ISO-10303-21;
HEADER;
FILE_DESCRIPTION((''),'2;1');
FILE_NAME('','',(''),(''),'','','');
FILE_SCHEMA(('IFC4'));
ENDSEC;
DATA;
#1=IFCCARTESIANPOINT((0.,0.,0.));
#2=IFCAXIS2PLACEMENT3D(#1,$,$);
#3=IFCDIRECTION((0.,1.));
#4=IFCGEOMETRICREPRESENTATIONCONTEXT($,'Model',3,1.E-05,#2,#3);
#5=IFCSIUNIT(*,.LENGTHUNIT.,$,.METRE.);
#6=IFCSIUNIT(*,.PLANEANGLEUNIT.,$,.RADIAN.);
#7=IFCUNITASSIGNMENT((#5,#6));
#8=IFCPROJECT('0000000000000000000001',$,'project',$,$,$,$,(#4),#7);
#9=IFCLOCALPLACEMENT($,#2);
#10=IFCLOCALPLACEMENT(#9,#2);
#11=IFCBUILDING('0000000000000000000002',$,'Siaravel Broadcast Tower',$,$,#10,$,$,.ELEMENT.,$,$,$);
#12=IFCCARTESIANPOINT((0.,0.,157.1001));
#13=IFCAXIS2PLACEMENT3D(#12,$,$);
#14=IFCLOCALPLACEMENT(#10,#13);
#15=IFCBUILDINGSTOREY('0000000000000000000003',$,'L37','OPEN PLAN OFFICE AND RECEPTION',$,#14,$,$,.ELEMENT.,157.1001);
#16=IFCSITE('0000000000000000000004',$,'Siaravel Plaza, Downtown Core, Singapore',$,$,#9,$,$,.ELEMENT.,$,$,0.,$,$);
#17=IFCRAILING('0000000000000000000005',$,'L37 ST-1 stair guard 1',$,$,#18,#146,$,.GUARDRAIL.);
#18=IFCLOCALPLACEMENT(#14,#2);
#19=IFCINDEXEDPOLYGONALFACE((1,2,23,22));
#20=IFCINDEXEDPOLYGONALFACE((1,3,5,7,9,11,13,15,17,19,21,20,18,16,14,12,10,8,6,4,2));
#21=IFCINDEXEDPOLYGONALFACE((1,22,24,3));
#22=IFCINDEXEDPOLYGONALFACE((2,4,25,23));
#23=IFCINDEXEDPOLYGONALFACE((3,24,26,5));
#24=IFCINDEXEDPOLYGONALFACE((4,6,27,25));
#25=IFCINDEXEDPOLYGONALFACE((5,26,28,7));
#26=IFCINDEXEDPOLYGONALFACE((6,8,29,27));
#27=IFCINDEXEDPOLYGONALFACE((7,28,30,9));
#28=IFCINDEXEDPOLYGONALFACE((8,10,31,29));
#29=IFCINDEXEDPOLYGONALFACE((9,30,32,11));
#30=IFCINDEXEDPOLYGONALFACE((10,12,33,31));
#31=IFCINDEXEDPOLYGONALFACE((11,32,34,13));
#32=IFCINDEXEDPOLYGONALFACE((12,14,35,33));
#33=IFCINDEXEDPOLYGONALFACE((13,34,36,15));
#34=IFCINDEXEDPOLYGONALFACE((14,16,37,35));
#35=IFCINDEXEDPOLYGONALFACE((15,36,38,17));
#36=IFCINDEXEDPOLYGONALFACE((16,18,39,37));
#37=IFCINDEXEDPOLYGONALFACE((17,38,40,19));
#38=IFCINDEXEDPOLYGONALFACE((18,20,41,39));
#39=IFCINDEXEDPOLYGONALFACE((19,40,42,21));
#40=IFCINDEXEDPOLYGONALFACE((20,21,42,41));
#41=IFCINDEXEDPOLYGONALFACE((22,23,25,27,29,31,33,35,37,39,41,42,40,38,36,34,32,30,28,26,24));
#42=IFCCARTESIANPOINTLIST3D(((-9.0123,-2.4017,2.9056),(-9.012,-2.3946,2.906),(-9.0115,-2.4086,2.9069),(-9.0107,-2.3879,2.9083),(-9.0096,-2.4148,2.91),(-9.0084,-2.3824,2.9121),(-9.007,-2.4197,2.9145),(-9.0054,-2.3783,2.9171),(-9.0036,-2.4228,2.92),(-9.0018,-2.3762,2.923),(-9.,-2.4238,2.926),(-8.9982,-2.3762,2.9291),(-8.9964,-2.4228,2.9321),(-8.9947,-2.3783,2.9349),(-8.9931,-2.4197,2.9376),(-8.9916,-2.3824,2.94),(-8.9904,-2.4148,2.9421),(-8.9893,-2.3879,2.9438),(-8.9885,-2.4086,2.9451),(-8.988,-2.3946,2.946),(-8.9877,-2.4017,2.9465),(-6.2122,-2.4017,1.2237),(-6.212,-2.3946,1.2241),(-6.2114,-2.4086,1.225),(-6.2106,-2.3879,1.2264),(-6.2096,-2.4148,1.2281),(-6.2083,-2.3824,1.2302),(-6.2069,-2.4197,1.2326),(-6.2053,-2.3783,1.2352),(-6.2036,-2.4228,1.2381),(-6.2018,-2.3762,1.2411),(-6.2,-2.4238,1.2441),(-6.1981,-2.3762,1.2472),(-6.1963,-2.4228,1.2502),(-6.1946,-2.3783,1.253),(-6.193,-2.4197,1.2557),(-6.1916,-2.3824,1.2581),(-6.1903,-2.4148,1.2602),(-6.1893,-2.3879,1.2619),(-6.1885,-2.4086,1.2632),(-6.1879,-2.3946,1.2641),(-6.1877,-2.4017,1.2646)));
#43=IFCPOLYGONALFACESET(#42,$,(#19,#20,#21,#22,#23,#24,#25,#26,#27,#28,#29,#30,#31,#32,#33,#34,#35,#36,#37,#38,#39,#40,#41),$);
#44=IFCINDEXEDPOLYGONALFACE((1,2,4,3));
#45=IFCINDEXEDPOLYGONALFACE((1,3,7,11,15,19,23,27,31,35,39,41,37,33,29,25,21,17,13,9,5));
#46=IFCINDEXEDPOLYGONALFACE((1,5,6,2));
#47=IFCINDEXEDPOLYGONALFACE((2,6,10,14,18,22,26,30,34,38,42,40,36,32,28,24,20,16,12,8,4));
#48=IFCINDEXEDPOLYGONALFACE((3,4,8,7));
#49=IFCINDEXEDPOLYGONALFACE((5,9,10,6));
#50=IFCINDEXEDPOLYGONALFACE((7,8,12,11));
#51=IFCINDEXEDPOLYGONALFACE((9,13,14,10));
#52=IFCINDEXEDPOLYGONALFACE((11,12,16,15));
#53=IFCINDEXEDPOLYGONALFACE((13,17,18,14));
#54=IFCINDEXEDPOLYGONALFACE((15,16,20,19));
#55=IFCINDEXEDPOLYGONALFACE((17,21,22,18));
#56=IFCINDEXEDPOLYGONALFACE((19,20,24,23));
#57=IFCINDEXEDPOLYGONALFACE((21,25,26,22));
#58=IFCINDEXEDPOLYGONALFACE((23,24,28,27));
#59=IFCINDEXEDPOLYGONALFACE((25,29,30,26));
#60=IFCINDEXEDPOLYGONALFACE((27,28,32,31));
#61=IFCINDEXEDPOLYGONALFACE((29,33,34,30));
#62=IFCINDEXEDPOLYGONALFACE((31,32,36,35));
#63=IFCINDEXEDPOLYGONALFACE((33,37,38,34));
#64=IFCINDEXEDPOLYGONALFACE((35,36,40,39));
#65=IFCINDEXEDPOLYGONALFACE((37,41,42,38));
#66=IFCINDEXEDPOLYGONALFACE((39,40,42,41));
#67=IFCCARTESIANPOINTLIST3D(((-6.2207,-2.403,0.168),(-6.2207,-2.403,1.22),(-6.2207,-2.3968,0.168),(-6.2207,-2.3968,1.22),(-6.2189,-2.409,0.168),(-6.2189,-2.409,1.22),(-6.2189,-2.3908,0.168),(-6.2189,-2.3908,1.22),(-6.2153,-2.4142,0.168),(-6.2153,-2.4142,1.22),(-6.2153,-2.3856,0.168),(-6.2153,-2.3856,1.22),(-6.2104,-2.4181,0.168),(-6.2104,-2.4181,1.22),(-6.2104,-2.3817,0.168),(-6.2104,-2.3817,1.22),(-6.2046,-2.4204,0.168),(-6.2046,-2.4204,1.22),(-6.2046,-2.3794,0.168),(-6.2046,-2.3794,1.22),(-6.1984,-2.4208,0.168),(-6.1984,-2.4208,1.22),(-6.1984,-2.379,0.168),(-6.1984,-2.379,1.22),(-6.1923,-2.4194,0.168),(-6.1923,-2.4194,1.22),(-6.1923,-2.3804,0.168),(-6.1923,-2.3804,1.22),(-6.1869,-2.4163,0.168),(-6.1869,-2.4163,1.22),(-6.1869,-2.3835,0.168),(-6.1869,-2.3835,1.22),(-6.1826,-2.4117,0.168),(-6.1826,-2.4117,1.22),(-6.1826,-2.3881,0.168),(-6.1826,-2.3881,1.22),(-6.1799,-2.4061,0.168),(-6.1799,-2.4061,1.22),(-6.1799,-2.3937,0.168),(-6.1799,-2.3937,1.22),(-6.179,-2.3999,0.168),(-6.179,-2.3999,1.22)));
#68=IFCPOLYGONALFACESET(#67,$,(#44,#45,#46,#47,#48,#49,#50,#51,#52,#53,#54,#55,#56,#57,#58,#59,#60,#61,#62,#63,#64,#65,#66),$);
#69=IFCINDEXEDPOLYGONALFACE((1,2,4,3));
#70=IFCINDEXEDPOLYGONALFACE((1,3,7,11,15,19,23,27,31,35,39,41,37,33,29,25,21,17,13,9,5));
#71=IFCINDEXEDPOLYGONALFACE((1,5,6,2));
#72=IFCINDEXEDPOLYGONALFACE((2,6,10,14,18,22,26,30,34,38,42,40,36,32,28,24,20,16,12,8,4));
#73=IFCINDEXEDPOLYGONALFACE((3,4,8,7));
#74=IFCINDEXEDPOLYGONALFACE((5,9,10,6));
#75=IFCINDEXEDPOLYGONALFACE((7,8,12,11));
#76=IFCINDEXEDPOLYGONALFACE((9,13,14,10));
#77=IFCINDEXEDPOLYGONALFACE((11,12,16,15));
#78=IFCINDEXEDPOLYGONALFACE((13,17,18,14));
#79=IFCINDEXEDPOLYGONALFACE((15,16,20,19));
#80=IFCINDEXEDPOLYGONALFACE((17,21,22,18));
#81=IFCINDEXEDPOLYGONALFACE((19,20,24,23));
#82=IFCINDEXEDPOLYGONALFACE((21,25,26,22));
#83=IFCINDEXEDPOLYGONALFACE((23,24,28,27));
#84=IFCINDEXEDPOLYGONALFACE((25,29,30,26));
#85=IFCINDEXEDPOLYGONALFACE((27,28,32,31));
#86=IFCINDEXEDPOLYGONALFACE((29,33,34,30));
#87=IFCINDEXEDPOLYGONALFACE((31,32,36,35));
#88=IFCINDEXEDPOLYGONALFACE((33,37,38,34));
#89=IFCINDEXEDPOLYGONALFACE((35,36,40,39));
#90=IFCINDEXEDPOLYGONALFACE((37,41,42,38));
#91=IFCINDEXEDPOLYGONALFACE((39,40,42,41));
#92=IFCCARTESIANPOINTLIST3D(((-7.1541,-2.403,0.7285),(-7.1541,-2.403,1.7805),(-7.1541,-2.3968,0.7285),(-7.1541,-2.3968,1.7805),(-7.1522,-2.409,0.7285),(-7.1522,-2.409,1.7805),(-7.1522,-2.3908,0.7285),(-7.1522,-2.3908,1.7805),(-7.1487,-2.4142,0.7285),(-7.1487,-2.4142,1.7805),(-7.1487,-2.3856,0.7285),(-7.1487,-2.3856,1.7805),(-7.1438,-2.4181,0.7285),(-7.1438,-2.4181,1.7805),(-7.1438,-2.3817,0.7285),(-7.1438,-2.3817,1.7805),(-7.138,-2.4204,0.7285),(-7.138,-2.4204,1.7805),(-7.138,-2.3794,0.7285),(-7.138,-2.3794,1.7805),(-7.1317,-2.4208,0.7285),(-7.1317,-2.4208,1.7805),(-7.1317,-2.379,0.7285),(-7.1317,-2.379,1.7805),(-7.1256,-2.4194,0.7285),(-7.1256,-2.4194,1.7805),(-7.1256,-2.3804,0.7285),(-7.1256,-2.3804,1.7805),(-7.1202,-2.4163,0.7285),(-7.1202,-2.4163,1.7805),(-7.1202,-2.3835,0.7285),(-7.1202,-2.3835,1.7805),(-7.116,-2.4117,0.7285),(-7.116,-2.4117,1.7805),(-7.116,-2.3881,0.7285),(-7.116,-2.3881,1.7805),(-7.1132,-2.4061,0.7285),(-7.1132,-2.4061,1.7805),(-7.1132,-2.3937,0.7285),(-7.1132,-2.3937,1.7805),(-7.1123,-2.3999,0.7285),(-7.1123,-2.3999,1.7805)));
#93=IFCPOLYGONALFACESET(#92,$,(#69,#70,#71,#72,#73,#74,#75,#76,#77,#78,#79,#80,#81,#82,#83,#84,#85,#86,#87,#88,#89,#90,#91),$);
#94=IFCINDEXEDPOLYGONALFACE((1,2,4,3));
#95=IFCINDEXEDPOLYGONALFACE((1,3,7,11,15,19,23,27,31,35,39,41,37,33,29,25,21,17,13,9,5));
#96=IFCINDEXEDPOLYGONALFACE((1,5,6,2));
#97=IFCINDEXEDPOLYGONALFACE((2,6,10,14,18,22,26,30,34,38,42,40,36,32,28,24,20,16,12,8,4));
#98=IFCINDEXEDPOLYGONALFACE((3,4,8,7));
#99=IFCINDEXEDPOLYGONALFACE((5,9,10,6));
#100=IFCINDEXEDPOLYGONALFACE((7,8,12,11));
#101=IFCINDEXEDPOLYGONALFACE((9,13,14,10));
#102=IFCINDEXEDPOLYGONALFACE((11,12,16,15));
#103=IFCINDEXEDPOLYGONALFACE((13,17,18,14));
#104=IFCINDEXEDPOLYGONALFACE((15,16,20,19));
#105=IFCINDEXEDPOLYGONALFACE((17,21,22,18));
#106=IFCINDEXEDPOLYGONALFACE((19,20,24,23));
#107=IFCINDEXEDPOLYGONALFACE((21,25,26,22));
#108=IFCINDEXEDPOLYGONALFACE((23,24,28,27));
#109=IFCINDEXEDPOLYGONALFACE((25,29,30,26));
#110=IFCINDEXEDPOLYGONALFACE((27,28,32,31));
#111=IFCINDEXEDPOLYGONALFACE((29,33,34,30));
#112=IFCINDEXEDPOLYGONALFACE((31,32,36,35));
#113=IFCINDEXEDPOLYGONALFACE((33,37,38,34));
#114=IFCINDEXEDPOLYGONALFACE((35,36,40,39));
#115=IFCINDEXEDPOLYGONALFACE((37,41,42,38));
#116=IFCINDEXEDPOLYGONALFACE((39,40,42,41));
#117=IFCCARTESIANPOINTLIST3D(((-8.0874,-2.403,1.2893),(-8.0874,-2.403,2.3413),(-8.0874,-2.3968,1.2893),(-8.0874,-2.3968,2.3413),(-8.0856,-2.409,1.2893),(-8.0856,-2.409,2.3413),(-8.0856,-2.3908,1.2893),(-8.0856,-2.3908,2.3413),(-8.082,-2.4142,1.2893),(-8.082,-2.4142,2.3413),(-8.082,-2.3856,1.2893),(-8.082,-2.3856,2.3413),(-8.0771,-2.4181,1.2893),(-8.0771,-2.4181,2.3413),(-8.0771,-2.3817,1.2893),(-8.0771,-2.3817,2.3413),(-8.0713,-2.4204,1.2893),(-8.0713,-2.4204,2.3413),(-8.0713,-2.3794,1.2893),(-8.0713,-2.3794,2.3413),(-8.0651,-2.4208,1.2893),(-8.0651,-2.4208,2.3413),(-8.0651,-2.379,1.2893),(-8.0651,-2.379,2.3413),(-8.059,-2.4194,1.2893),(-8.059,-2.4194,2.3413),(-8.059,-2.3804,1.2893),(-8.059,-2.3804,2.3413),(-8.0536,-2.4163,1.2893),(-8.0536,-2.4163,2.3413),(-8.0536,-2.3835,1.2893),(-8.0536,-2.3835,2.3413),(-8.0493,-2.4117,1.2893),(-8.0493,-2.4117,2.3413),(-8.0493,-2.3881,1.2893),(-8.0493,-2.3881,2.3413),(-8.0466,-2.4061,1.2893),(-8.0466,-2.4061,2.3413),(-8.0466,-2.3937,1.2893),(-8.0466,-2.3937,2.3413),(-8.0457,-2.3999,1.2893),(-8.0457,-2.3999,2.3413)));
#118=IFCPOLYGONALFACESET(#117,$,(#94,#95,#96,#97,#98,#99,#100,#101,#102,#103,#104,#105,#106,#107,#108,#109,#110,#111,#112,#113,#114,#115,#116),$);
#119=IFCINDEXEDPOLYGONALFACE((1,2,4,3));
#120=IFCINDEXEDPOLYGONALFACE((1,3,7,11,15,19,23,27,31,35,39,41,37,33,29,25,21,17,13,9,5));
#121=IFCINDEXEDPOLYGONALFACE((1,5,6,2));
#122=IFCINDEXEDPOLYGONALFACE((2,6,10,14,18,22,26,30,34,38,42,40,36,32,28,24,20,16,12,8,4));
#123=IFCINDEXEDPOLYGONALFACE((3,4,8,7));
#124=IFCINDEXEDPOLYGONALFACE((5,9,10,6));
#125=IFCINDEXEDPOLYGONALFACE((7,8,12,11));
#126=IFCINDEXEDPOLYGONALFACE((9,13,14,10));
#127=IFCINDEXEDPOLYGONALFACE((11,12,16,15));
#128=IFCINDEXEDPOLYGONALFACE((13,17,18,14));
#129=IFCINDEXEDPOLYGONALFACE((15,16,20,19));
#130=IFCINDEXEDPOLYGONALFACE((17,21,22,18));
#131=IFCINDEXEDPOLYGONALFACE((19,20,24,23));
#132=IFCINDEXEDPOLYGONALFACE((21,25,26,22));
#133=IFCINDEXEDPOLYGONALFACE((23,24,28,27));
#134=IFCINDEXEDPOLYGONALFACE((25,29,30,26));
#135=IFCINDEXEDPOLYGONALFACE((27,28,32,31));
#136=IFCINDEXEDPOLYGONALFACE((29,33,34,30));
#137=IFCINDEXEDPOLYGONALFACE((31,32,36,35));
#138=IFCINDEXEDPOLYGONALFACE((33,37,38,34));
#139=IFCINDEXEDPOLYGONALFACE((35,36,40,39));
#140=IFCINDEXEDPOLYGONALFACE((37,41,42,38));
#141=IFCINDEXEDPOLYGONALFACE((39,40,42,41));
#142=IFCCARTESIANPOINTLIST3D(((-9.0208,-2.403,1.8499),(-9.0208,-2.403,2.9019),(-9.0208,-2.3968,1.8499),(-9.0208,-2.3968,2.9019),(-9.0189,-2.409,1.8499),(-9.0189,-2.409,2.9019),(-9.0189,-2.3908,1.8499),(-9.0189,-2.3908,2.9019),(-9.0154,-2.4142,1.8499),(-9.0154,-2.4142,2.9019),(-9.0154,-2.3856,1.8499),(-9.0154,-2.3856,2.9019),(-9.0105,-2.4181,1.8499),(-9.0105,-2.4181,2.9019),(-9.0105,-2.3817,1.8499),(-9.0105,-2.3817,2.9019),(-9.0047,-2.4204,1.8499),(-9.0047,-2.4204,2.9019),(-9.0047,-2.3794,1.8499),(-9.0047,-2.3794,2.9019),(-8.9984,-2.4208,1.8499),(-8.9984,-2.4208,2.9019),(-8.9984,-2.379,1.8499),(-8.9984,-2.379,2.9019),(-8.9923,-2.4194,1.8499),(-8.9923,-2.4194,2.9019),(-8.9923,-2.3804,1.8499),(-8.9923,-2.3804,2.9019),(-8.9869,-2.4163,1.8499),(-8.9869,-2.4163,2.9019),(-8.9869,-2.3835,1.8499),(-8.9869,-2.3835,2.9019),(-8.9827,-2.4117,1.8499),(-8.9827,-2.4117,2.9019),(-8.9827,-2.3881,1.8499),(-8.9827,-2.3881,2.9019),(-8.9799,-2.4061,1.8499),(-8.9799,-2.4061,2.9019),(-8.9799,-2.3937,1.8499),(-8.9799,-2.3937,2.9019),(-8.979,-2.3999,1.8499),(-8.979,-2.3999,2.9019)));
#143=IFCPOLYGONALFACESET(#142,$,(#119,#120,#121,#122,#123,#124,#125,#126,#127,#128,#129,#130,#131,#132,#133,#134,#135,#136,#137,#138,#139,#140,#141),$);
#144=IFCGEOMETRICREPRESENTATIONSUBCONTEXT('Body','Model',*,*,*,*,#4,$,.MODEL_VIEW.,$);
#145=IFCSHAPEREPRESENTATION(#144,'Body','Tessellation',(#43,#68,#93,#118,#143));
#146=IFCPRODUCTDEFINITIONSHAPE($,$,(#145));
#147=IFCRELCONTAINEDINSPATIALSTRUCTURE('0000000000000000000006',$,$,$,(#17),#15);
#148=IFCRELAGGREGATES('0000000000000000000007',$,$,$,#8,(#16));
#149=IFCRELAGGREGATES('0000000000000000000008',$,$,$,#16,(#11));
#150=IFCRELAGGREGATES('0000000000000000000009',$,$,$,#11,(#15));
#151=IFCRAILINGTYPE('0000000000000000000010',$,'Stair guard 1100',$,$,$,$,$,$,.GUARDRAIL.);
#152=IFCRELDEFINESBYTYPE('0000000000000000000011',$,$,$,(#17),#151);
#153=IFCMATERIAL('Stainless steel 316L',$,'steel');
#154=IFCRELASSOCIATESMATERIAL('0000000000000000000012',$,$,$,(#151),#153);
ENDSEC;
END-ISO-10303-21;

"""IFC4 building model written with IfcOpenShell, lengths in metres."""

from ifc_helpers import new_model, si_unit, direction, frame, origin, origin_2d, place, context, subcontext, project, spatial, circle, extrude, material, type_object, element, save


model = new_model("IFC4")

# Units and contexts
model_context = context("Model", 3, precision=1e-05, world=origin(), true_north=direction((0.0, 1.0)))
body_context = subcontext(model_context, "Body", "Model", "MODEL_VIEW")
ifc_project = project(units=[si_unit("LENGTHUNIT", "METRE"), si_unit("PLANEANGLEUNIT", "RADIAN")], contexts=[model_context])

# Site, building, storey
site_placement = place(None, origin())
site = spatial("IfcSite", under=ifc_project, at=site_placement, Name="Siaravel Plaza, Downtown Core, Singapore", CompositionType="ELEMENT", RefElevation=0.0)
building_placement = place(site_placement, origin())
building = spatial("IfcBuilding", under=site, at=building_placement, Name="Siaravel Broadcast Tower", CompositionType="ELEMENT")
storey_placement = place(building_placement, frame((0.0, 0.0, 157.1001)))
storey = spatial("IfcBuildingStorey", under=building, at=storey_placement, Name="L37", Description="OPEN PLAN OFFICE AND RECEPTION", CompositionType="ELEMENT", Elevation=157.1001)

# Shared definitions
ifc_material_1 = material(Name="Stainless steel 316L", Category="steel")

# Railing
railing_type_1 = type_object("IfcRailingType", Name="Stair guard 1100", PredefinedType="GUARDRAIL", material=ifc_material_1)
railing_1_placement = place(storey_placement, frame((-6.2, -2.3999, 0.168)))
element("IfcRailing", 1, at=railing_1_placement, inside=storey, type_object=railing_type_1, Name="L37 ST-1 stair guard 1", PredefinedType="GUARDRAIL", context=body_context, shape_type="SweptSolid", body=[
    extrude(circle(Radius=0.0239, at=origin_2d()), frame((0.0, 0.0, 1.0762), z_axis=(-0.857242, 0.0, 0.514913), x_axis=(0.0, -1.0, 0.0)), (0.0, 0.0, 1.0), 3.2664),
    extrude(circle(Radius=0.021, at=origin_2d()), origin(), (0.0, 0.0, 1.0), 1.052),
    extrude(circle(Radius=0.021, at=origin_2d()), frame((-0.9333, 0.0, 0.5605)), (0.0, 0.0, 1.0), 1.052),
    extrude(circle(Radius=0.021, at=origin_2d()), frame((-1.8667, 0.0, 1.1213)), (0.0, 0.0, 1.0), 1.052),
    extrude(circle(Radius=0.021, at=origin_2d()), frame((-2.8, 0.0, 1.6819)), (0.0, 0.0, 1.0), 1.052),
])

save(model, "model.ifc")
